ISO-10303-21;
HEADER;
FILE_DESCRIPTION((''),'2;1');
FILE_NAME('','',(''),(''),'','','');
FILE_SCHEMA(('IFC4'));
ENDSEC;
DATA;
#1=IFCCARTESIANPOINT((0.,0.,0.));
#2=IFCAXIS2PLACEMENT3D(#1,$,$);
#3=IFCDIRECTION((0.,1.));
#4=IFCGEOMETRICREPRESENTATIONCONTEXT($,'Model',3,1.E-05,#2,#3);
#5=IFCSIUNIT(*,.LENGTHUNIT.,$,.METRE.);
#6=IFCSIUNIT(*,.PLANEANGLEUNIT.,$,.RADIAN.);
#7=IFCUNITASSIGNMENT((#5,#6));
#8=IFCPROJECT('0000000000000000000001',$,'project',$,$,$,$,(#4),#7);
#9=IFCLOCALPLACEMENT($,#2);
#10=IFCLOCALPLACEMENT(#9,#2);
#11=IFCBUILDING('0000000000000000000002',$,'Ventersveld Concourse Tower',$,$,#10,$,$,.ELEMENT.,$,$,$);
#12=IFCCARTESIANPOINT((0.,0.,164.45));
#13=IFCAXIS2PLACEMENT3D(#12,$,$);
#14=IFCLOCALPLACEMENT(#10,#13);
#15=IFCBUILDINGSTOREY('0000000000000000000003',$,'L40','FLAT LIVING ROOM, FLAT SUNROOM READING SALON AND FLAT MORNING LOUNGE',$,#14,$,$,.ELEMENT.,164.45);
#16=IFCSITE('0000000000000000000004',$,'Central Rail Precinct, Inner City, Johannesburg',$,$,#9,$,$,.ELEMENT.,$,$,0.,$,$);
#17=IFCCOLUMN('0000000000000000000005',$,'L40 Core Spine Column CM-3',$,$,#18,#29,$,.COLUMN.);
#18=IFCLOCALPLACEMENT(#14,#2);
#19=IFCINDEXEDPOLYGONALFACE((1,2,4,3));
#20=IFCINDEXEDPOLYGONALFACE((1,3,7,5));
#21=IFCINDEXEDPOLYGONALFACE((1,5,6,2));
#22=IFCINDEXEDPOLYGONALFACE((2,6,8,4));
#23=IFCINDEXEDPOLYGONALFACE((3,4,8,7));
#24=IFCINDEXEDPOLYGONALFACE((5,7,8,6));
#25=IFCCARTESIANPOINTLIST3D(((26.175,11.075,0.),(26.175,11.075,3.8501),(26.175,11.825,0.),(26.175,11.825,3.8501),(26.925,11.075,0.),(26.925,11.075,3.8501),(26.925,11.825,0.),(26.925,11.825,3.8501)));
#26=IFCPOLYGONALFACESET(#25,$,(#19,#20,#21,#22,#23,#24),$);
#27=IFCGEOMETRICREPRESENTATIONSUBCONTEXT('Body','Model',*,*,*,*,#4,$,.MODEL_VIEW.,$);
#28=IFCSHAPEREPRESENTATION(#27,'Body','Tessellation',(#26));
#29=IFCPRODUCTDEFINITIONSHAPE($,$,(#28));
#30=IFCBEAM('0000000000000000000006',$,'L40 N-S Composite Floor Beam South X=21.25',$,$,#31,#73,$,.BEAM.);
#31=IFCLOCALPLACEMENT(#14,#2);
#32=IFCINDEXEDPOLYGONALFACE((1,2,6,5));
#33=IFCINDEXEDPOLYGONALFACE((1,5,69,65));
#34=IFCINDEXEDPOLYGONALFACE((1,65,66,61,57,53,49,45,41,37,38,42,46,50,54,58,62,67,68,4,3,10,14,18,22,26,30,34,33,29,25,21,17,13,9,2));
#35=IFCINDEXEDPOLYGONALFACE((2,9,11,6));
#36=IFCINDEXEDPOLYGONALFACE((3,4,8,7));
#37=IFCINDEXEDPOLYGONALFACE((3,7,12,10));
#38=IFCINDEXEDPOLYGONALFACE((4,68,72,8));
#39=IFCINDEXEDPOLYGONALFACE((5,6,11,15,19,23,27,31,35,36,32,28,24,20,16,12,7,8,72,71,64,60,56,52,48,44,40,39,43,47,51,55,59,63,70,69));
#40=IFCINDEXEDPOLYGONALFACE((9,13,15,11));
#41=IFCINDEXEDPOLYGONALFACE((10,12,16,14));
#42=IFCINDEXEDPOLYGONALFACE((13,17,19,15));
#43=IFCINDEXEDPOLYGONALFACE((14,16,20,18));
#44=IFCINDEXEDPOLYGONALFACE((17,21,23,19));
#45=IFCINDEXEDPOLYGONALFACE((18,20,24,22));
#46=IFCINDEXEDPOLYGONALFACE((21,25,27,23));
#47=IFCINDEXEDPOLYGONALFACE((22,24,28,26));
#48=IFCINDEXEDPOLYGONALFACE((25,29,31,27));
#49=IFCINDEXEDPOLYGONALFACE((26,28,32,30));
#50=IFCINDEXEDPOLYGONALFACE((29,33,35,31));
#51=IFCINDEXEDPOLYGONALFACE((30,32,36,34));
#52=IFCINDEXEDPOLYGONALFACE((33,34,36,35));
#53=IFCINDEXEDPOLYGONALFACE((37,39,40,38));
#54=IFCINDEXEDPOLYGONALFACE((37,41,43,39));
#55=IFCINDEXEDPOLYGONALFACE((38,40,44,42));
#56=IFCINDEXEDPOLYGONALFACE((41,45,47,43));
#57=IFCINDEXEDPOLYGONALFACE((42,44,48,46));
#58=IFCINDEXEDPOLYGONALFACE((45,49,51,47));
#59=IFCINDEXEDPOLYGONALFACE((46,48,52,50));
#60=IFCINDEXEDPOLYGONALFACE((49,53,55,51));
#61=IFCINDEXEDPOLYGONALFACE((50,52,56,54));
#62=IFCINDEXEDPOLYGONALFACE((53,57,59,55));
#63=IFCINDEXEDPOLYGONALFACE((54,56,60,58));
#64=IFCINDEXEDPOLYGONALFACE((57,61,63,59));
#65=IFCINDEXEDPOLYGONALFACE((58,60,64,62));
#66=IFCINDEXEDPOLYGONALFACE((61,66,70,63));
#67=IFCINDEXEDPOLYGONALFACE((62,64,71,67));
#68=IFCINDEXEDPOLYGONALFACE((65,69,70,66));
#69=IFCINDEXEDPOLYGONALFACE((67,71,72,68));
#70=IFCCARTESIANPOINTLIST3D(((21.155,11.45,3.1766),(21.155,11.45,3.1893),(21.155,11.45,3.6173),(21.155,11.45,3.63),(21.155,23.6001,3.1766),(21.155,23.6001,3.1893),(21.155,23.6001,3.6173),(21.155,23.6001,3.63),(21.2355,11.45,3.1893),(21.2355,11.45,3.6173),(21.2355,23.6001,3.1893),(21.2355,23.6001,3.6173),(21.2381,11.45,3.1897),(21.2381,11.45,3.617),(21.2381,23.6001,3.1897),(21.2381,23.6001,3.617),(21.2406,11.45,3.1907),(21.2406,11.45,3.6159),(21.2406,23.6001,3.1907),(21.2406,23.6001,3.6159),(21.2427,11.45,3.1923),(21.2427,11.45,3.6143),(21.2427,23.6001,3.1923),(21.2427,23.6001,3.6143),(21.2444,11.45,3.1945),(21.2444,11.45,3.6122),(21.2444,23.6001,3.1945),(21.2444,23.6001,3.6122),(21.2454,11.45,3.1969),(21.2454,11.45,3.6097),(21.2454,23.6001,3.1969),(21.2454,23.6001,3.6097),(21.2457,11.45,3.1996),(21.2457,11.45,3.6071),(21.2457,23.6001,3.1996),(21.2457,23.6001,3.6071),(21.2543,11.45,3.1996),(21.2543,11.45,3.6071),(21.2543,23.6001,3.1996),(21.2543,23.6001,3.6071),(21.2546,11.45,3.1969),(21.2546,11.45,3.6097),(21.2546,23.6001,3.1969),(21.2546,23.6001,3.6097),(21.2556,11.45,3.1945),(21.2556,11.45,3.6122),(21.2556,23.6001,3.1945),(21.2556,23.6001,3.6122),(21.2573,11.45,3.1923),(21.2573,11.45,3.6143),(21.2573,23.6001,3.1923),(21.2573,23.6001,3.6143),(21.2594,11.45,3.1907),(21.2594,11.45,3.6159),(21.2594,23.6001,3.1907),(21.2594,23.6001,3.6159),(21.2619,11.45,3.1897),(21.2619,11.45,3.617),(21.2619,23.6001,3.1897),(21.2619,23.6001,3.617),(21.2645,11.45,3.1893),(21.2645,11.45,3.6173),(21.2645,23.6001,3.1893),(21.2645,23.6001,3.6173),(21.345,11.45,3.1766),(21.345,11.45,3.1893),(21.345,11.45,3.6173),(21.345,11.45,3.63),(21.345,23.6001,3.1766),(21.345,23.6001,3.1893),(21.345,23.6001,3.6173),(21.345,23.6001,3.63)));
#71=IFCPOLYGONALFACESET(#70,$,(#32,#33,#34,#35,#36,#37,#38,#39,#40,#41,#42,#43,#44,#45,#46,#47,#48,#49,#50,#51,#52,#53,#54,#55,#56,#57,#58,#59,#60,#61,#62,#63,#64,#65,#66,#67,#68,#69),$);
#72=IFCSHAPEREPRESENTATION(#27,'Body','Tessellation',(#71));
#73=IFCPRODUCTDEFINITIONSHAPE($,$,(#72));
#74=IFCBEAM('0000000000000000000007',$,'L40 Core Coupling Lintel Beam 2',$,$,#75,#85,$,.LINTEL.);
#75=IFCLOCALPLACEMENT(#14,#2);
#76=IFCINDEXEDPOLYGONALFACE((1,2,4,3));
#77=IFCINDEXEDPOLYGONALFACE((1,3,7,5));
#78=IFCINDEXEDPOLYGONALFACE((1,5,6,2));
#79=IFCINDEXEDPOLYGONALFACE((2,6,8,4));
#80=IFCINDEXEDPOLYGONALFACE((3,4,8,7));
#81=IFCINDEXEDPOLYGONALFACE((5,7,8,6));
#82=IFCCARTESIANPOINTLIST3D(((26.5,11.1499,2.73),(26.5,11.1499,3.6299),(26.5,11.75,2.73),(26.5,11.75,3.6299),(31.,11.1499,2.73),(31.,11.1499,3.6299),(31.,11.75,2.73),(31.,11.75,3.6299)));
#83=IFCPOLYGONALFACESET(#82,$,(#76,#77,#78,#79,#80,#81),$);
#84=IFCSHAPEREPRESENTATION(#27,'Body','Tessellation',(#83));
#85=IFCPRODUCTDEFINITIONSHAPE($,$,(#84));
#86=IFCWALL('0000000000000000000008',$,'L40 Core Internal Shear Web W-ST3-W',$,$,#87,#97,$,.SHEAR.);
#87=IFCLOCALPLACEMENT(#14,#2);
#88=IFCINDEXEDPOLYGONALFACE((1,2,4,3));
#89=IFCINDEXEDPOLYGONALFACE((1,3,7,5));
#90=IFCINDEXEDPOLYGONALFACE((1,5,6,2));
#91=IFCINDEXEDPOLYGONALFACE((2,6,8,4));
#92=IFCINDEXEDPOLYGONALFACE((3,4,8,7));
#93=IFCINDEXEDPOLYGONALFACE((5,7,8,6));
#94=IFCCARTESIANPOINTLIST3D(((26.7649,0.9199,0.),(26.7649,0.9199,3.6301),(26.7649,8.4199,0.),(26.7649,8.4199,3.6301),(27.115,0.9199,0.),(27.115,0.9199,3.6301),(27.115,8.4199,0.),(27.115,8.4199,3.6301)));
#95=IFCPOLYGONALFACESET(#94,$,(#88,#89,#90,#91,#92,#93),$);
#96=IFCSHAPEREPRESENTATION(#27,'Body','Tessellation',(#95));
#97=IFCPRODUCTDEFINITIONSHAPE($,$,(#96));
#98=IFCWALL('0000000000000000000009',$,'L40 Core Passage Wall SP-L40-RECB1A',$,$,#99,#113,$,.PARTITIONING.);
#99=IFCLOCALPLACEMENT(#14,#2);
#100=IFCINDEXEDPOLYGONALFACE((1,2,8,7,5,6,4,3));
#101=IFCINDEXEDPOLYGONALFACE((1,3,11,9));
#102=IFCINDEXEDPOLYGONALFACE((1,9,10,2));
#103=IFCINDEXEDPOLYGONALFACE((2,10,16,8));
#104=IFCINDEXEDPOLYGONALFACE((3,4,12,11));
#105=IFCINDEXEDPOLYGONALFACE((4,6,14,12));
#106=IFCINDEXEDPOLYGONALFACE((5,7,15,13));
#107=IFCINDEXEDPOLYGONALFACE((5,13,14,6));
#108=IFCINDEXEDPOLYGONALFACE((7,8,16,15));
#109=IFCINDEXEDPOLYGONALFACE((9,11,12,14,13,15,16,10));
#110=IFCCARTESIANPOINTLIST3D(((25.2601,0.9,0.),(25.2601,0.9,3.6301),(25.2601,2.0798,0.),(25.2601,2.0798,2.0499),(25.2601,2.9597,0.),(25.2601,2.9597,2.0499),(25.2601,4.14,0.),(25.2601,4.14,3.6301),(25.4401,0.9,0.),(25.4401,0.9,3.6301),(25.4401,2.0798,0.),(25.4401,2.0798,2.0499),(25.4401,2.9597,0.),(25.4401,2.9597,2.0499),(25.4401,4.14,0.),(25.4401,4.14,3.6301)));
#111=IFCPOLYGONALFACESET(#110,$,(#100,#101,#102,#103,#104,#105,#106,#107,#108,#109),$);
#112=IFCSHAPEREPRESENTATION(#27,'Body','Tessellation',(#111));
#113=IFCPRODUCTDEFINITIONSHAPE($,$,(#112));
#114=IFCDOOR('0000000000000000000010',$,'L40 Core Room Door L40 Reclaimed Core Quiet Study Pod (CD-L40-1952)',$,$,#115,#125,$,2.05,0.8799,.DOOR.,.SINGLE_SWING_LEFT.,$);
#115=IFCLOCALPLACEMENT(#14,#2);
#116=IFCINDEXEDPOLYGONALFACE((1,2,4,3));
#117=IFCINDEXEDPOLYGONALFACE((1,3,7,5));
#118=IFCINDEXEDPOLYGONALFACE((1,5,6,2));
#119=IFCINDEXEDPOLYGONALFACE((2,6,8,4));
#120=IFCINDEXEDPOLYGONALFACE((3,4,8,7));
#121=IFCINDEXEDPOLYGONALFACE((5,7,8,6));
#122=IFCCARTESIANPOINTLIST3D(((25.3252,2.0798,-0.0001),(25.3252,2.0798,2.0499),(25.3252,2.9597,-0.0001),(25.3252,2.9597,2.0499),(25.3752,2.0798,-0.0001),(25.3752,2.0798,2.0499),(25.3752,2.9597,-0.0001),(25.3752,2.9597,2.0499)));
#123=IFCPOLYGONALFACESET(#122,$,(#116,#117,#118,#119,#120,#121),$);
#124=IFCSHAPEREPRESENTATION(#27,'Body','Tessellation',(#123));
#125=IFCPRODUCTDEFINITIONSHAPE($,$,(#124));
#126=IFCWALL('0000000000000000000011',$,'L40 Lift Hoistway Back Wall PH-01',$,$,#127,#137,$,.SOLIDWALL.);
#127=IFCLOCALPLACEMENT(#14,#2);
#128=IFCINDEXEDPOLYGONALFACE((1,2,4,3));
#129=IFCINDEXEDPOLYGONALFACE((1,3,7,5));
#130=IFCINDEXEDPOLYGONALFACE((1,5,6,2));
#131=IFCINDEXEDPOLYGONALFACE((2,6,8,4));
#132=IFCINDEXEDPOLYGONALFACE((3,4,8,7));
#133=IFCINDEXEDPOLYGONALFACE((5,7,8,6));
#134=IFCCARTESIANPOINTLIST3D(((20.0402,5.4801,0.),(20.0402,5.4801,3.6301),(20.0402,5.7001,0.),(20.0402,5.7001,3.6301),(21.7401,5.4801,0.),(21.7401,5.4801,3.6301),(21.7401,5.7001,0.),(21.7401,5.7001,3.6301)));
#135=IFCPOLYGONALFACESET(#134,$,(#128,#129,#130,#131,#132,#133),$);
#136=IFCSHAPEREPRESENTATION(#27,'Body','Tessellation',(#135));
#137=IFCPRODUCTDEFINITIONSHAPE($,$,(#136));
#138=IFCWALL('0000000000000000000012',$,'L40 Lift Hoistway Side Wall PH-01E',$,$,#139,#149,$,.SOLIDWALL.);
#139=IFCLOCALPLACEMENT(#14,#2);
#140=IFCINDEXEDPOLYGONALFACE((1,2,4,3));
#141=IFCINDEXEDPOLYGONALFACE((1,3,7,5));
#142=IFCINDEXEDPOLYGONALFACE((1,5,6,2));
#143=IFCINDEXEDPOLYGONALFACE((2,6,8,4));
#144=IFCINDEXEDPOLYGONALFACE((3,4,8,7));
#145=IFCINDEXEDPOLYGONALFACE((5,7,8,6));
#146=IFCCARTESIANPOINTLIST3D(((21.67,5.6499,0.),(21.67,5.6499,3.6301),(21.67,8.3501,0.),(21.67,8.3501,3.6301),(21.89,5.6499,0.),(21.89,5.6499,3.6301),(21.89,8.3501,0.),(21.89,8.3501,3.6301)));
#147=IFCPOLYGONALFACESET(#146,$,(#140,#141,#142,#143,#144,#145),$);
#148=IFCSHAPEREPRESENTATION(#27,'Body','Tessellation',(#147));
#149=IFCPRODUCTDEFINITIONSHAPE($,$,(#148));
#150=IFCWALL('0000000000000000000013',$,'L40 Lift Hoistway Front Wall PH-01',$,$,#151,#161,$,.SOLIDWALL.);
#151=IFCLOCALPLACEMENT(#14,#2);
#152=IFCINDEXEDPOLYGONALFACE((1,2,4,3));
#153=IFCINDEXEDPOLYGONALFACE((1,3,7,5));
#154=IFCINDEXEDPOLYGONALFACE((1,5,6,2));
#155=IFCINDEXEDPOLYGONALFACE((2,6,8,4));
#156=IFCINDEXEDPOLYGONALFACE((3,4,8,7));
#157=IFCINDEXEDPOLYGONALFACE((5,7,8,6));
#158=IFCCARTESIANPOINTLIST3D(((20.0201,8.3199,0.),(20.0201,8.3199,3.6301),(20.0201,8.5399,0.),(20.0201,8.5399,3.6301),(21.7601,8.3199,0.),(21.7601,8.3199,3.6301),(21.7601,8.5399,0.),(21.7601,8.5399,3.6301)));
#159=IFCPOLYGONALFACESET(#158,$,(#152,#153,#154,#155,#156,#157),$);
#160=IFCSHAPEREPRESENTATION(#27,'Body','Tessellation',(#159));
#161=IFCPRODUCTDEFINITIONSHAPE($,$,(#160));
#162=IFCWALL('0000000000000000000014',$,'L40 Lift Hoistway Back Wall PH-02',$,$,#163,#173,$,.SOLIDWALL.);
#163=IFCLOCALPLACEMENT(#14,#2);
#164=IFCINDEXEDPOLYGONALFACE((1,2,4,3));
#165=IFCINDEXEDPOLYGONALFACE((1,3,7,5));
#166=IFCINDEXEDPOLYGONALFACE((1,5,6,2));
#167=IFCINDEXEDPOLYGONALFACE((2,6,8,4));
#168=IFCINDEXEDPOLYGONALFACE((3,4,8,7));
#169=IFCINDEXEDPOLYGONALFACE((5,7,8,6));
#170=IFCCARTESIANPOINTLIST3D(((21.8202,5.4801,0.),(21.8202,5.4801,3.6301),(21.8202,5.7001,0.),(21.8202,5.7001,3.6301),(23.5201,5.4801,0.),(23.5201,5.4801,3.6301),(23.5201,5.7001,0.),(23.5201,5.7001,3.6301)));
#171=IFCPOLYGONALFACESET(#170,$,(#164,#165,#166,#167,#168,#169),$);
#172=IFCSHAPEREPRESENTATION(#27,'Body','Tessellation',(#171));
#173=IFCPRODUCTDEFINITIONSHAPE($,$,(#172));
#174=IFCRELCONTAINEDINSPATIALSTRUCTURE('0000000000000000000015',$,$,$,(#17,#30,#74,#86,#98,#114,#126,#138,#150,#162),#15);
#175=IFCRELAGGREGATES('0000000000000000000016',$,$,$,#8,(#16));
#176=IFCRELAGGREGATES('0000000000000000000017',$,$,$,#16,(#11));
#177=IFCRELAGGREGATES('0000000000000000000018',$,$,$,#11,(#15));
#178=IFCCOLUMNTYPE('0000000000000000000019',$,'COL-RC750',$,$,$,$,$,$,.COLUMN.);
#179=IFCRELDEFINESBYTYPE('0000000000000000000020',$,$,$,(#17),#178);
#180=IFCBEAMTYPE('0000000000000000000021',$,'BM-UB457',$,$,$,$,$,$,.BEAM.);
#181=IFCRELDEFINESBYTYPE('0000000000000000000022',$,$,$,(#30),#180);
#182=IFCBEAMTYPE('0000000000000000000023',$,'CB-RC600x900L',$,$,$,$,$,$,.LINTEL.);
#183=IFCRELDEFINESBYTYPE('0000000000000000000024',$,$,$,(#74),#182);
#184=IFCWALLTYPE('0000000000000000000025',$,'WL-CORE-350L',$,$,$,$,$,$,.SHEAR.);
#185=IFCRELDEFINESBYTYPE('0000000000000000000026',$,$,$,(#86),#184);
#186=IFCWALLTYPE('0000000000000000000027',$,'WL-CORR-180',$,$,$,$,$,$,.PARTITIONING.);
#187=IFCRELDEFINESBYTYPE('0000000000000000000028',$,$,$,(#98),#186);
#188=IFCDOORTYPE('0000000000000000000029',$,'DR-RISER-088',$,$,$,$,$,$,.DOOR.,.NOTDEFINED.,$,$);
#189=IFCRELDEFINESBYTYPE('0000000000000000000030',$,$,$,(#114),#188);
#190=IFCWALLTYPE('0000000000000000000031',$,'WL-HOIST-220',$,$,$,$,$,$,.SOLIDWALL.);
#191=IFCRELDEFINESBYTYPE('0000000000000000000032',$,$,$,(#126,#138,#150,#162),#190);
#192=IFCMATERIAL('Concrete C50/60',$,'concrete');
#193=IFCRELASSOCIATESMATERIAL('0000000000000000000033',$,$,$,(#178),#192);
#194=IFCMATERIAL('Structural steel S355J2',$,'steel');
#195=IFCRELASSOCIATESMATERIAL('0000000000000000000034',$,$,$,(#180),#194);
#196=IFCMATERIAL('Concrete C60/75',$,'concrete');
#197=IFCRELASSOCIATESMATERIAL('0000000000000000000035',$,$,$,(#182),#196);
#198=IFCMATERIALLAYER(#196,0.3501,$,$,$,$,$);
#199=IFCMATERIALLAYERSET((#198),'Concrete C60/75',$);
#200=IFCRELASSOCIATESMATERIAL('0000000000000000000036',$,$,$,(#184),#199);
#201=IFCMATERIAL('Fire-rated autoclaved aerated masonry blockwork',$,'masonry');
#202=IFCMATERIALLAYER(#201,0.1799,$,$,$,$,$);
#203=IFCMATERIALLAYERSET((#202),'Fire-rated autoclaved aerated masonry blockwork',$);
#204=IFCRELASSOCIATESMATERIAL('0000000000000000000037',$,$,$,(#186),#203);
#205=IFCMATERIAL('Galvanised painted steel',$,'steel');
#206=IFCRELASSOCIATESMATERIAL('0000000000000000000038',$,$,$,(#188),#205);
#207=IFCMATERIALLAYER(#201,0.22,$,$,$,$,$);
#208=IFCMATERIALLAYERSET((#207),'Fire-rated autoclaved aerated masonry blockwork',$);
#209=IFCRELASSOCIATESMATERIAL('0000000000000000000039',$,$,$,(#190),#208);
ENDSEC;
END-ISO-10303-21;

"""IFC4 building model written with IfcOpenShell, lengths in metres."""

from ifc_helpers import new_model, si_unit, direction, frame, frame_2d, origin, origin_2d, place, context, subcontext, project, spatial, rectangle, i_section, extrude, material, layer, layer_set, material_profile, profile_set, type_object, element, fill, save


model = new_model("IFC4")

# Units and contexts
model_context = context("Model", 3, precision=1e-05, world=origin(), true_north=direction((0.0, 1.0)))
body_context = subcontext(model_context, "Body", "Model", "MODEL_VIEW")
ifc_project = project(units=[si_unit("LENGTHUNIT", "METRE"), si_unit("PLANEANGLEUNIT", "RADIAN")], contexts=[model_context])

# Site, building, storey
site_placement = place(None, origin())
site = spatial("IfcSite", under=ifc_project, at=site_placement, Name="Central Rail Precinct, Inner City, Johannesburg", CompositionType="ELEMENT", RefElevation=0.0)
building_placement = place(site_placement, origin())
building = spatial("IfcBuilding", under=site, at=building_placement, Name="Ventersveld Concourse Tower", CompositionType="ELEMENT")
storey_placement = place(building_placement, frame((0.0, 0.0, 164.45)))
storey = spatial("IfcBuildingStorey", under=building, at=storey_placement, Name="L40", Description="FLAT LIVING ROOM, FLAT SUNROOM READING SALON AND FLAT MORNING LOUNGE", CompositionType="ELEMENT", Elevation=164.45)

# Column
ifc_material_1 = material(Name="Concrete C50/60", Category="concrete")
ifc_material_profile_1 = material_profile(ifc_material_1, rectangle(XDim=0.75, YDim=0.75, at=origin_2d()), Name="RC 750x750")
ifc_profile_set_1 = profile_set([ifc_material_profile_1], Name="Concrete C50/60")
column_type = type_object("IfcColumnType", Name="COL-RC750", PredefinedType="COLUMN", material=ifc_profile_set_1)
column_placement = place(storey_placement, frame((26.55, 11.45, 0.0), z_axis=(0.0, 0.0, 1.0), x_axis=(1.0, 0.0, 0.0)))
element("IfcColumn", 1, at=column_placement, inside=storey, type_object=column_type, Name="L40 Core Spine Column CM-3", PredefinedType="COLUMN", context=body_context, shape_type="SweptSolid", body=[
    extrude(rectangle(XDim=0.75, YDim=0.75, at=origin_2d()), origin(), (0.0, 0.0, 1.0), 3.8501),
])

# Beams
ifc_material_2 = material(Name="Structural steel S355J2", Category="steel")
ifc_material_profile_2 = material_profile(ifc_material_2, i_section(OverallWidth=0.1899, OverallDepth=0.4534, WebThickness=0.0085, FlangeThickness=0.0127, FilletRadius=0.0103, at=origin_2d()), Name="UB 457x191x67")
ifc_profile_set_2 = profile_set([ifc_material_profile_2], Name="Structural steel S355J2")
beam_type_1 = type_object("IfcBeamType", Name="BM-UB457", PredefinedType="BEAM", material=ifc_profile_set_2)
beam_1_placement = place(storey_placement, frame((21.25, 11.45, 3.4033), z_axis=(0.0, 1.0, 0.0), x_axis=(-1.0, 0.0, 0.0)))
element("IfcBeam", 2, at=beam_1_placement, inside=storey, type_object=beam_type_1, Name="L40 N-S Composite Floor Beam South X=21.25", PredefinedType="BEAM", context=body_context, shape_type="SweptSolid", body=[
    extrude(i_section(OverallWidth=0.1899, OverallDepth=0.4534, WebThickness=0.0085, FlangeThickness=0.0127, FilletRadius=0.0103, at=origin_2d()), origin(), (0.0, 0.0, 1.0), 12.1501),
])
ifc_material_3 = material(Name="Concrete C60/75", Category="concrete")
ifc_material_profile_3 = material_profile(ifc_material_3, rectangle(XDim=0.6001, YDim=0.8999, at=origin_2d()), Name="RC 600x900")
ifc_profile_set_3 = profile_set([ifc_material_profile_3], Name="Concrete C60/75")
beam_type_2 = type_object("IfcBeamType", Name="CB-RC600x900L", PredefinedType="LINTEL", material=ifc_profile_set_3)
beam_2_placement = place(storey_placement, frame((26.5, 11.45, 3.1799), z_axis=(1.0, 0.0, 0.0), x_axis=(0.0, 1.0, 0.0)))
element("IfcBeam", 3, at=beam_2_placement, inside=storey, type_object=beam_type_2, Name="L40 Core Coupling Lintel Beam 2", PredefinedType="LINTEL", context=body_context, shape_type="SweptSolid", body=[
    extrude(rectangle(XDim=0.6001, YDim=0.8999, at=origin_2d()), origin(), (0.0, 0.0, 1.0), 4.5),
])

# Wall
ifc_layer_1 = layer(ifc_material_3, 0.3501)
ifc_layer_set_1 = layer_set([ifc_layer_1], Name="Concrete C60/75")
wall_type_1 = type_object("IfcWallType", Name="WL-CORE-350L", PredefinedType="SHEAR", material=ifc_layer_set_1)
wall_1_placement = place(storey_placement, frame((26.9399, 0.9199, 0.0), z_axis=(0.0, 0.0, 1.0), x_axis=(0.0, 1.0, 0.0)))
element("IfcWall", 4, at=wall_1_placement, inside=storey, type_object=wall_type_1, Name="L40 Core Internal Shear Web W-ST3-W", PredefinedType="SHEAR", context=body_context, shape_type="SweptSolid", body=[
    extrude(rectangle(XDim=7.5, YDim=0.3501, at=frame_2d((3.75, 0.0))), origin(), (0.0, 0.0, 1.0), 3.6301),
])

# Wall, opening, door
ifc_material_4 = material(Name="Fire-rated autoclaved aerated masonry blockwork", Category="masonry")
ifc_layer_2 = layer(ifc_material_4, 0.1799)
ifc_layer_set_2 = layer_set([ifc_layer_2], Name="Fire-rated autoclaved aerated masonry blockwork")
wall_type_2 = type_object("IfcWallType", Name="WL-CORR-180", PredefinedType="PARTITIONING", material=ifc_layer_set_2)
wall_2_placement = place(storey_placement, frame((25.3501, 0.8999, 0.0), z_axis=(0.0, 0.0, 1.0), x_axis=(0.0, 1.0, 0.0)))
wall_2 = element("IfcWall", 5, at=wall_2_placement, inside=storey, type_object=wall_type_2, Name="L40 Core Passage Wall SP-L40-RECB1A", PredefinedType="PARTITIONING", context=body_context, shape_type="SweptSolid", body=[
    extrude(rectangle(XDim=3.24, YDim=0.1799, at=frame_2d((1.6201, 0.0))), origin(), (0.0, 0.0, 1.0), 3.6301),
])
opening_1_placement = place(wall_2_placement, frame((1.1799, 0.0, 0.0)))
opening_1 = element("IfcOpeningElement", 6, at=opening_1_placement, cuts=wall_2, PredefinedType="OPENING", context=body_context, shape_type="SweptSolid", body=[
    extrude(rectangle(XDim=0.8799, YDim=2.05, at=frame_2d((0.4399, 1.0249))), frame((0.0, 0.1001, 0.0), z_axis=(0.0, -1.0, 0.0), x_axis=(1.0, 0.0, 0.0)), (0.0, 0.0, 1.0), 0.2),
])
ifc_material_5 = material(Name="Galvanised painted steel", Category="steel")
door_type_1 = type_object("IfcDoorType", Name="DR-RISER-088", OperationType="NOTDEFINED", PredefinedType="DOOR", material=ifc_material_5)
door_1_placement = place(opening_1_placement, origin())
door_1 = element("IfcDoor", 7, at=door_1_placement, inside=storey, type_object=door_type_1, Name="L40 Core Room Door L40 Reclaimed Core Quiet Study Pod (CD-L40-1952)", OperationType="SINGLE_SWING_LEFT", OverallHeight=2.05, OverallWidth=0.8799, PredefinedType="DOOR", context=body_context, shape_type="SweptSolid", body=[
    extrude(rectangle(XDim=0.8799, YDim=2.05, at=frame_2d((0.4399, 1.0249))), frame((0.0, 0.0249, 0.0), z_axis=(0.0, -1.0, 0.0), x_axis=(1.0, 0.0, 0.0)), (0.0, 0.0, 1.0), 0.05),
])
fill(opening_1, door_1)

# Walls
ifc_layer_3 = layer(ifc_material_4, 0.22)
ifc_layer_set_3 = layer_set([ifc_layer_3], Name="Fire-rated autoclaved aerated masonry blockwork")
wall_type_3 = type_object("IfcWallType", Name="WL-HOIST-220", PredefinedType="SOLIDWALL", material=ifc_layer_set_3)
wall_3_placement = place(storey_placement, frame((20.04, 5.5901, 0.0), z_axis=(0.0, 0.0, 1.0), x_axis=(1.0, 0.0, 0.0)))
element("IfcWall", 8, at=wall_3_placement, inside=storey, type_object=wall_type_3, Name="L40 Lift Hoistway Back Wall PH-01", PredefinedType="SOLIDWALL", context=body_context, shape_type="SweptSolid", body=[
    extrude(rectangle(XDim=1.7, YDim=0.22, at=frame_2d((0.8501, 0.0))), origin(), (0.0, 0.0, 1.0), 3.6301),
])
wall_4_placement = place(storey_placement, frame((21.78, 5.6499, 0.0), z_axis=(0.0, 0.0, 1.0), x_axis=(0.0, 1.0, 0.0)))
element("IfcWall", 9, at=wall_4_placement, inside=storey, type_object=wall_type_3, Name="L40 Lift Hoistway Side Wall PH-01E", PredefinedType="SOLIDWALL", context=body_context, shape_type="SweptSolid", body=[
    extrude(rectangle(XDim=2.7002, YDim=0.22, at=frame_2d((1.3501, 0.0))), origin(), (0.0, 0.0, 1.0), 3.6301),
])
wall_5_placement = place(storey_placement, frame((20.02, 8.4299, 0.0), z_axis=(0.0, 0.0, 1.0), x_axis=(1.0, 0.0, 0.0)))
element("IfcWall", 10, at=wall_5_placement, inside=storey, type_object=wall_type_3, Name="L40 Lift Hoistway Front Wall PH-01", PredefinedType="SOLIDWALL", context=body_context, shape_type="SweptSolid", body=[
    extrude(rectangle(XDim=1.74, YDim=0.22, at=frame_2d((0.8701, 0.0))), origin(), (0.0, 0.0, 1.0), 3.6301),
])
wall_6_placement = place(storey_placement, frame((21.8201, 5.5901, 0.0), z_axis=(0.0, 0.0, 1.0), x_axis=(1.0, 0.0, 0.0)))
element("IfcWall", 11, at=wall_6_placement, inside=storey, type_object=wall_type_3, Name="L40 Lift Hoistway Back Wall PH-02", PredefinedType="SOLIDWALL", context=body_context, shape_type="SweptSolid", body=[
    extrude(rectangle(XDim=1.7, YDim=0.22, at=frame_2d((0.8501, 0.0))), origin(), (0.0, 0.0, 1.0), 3.6301),
])

save(model, "model.ifc")
